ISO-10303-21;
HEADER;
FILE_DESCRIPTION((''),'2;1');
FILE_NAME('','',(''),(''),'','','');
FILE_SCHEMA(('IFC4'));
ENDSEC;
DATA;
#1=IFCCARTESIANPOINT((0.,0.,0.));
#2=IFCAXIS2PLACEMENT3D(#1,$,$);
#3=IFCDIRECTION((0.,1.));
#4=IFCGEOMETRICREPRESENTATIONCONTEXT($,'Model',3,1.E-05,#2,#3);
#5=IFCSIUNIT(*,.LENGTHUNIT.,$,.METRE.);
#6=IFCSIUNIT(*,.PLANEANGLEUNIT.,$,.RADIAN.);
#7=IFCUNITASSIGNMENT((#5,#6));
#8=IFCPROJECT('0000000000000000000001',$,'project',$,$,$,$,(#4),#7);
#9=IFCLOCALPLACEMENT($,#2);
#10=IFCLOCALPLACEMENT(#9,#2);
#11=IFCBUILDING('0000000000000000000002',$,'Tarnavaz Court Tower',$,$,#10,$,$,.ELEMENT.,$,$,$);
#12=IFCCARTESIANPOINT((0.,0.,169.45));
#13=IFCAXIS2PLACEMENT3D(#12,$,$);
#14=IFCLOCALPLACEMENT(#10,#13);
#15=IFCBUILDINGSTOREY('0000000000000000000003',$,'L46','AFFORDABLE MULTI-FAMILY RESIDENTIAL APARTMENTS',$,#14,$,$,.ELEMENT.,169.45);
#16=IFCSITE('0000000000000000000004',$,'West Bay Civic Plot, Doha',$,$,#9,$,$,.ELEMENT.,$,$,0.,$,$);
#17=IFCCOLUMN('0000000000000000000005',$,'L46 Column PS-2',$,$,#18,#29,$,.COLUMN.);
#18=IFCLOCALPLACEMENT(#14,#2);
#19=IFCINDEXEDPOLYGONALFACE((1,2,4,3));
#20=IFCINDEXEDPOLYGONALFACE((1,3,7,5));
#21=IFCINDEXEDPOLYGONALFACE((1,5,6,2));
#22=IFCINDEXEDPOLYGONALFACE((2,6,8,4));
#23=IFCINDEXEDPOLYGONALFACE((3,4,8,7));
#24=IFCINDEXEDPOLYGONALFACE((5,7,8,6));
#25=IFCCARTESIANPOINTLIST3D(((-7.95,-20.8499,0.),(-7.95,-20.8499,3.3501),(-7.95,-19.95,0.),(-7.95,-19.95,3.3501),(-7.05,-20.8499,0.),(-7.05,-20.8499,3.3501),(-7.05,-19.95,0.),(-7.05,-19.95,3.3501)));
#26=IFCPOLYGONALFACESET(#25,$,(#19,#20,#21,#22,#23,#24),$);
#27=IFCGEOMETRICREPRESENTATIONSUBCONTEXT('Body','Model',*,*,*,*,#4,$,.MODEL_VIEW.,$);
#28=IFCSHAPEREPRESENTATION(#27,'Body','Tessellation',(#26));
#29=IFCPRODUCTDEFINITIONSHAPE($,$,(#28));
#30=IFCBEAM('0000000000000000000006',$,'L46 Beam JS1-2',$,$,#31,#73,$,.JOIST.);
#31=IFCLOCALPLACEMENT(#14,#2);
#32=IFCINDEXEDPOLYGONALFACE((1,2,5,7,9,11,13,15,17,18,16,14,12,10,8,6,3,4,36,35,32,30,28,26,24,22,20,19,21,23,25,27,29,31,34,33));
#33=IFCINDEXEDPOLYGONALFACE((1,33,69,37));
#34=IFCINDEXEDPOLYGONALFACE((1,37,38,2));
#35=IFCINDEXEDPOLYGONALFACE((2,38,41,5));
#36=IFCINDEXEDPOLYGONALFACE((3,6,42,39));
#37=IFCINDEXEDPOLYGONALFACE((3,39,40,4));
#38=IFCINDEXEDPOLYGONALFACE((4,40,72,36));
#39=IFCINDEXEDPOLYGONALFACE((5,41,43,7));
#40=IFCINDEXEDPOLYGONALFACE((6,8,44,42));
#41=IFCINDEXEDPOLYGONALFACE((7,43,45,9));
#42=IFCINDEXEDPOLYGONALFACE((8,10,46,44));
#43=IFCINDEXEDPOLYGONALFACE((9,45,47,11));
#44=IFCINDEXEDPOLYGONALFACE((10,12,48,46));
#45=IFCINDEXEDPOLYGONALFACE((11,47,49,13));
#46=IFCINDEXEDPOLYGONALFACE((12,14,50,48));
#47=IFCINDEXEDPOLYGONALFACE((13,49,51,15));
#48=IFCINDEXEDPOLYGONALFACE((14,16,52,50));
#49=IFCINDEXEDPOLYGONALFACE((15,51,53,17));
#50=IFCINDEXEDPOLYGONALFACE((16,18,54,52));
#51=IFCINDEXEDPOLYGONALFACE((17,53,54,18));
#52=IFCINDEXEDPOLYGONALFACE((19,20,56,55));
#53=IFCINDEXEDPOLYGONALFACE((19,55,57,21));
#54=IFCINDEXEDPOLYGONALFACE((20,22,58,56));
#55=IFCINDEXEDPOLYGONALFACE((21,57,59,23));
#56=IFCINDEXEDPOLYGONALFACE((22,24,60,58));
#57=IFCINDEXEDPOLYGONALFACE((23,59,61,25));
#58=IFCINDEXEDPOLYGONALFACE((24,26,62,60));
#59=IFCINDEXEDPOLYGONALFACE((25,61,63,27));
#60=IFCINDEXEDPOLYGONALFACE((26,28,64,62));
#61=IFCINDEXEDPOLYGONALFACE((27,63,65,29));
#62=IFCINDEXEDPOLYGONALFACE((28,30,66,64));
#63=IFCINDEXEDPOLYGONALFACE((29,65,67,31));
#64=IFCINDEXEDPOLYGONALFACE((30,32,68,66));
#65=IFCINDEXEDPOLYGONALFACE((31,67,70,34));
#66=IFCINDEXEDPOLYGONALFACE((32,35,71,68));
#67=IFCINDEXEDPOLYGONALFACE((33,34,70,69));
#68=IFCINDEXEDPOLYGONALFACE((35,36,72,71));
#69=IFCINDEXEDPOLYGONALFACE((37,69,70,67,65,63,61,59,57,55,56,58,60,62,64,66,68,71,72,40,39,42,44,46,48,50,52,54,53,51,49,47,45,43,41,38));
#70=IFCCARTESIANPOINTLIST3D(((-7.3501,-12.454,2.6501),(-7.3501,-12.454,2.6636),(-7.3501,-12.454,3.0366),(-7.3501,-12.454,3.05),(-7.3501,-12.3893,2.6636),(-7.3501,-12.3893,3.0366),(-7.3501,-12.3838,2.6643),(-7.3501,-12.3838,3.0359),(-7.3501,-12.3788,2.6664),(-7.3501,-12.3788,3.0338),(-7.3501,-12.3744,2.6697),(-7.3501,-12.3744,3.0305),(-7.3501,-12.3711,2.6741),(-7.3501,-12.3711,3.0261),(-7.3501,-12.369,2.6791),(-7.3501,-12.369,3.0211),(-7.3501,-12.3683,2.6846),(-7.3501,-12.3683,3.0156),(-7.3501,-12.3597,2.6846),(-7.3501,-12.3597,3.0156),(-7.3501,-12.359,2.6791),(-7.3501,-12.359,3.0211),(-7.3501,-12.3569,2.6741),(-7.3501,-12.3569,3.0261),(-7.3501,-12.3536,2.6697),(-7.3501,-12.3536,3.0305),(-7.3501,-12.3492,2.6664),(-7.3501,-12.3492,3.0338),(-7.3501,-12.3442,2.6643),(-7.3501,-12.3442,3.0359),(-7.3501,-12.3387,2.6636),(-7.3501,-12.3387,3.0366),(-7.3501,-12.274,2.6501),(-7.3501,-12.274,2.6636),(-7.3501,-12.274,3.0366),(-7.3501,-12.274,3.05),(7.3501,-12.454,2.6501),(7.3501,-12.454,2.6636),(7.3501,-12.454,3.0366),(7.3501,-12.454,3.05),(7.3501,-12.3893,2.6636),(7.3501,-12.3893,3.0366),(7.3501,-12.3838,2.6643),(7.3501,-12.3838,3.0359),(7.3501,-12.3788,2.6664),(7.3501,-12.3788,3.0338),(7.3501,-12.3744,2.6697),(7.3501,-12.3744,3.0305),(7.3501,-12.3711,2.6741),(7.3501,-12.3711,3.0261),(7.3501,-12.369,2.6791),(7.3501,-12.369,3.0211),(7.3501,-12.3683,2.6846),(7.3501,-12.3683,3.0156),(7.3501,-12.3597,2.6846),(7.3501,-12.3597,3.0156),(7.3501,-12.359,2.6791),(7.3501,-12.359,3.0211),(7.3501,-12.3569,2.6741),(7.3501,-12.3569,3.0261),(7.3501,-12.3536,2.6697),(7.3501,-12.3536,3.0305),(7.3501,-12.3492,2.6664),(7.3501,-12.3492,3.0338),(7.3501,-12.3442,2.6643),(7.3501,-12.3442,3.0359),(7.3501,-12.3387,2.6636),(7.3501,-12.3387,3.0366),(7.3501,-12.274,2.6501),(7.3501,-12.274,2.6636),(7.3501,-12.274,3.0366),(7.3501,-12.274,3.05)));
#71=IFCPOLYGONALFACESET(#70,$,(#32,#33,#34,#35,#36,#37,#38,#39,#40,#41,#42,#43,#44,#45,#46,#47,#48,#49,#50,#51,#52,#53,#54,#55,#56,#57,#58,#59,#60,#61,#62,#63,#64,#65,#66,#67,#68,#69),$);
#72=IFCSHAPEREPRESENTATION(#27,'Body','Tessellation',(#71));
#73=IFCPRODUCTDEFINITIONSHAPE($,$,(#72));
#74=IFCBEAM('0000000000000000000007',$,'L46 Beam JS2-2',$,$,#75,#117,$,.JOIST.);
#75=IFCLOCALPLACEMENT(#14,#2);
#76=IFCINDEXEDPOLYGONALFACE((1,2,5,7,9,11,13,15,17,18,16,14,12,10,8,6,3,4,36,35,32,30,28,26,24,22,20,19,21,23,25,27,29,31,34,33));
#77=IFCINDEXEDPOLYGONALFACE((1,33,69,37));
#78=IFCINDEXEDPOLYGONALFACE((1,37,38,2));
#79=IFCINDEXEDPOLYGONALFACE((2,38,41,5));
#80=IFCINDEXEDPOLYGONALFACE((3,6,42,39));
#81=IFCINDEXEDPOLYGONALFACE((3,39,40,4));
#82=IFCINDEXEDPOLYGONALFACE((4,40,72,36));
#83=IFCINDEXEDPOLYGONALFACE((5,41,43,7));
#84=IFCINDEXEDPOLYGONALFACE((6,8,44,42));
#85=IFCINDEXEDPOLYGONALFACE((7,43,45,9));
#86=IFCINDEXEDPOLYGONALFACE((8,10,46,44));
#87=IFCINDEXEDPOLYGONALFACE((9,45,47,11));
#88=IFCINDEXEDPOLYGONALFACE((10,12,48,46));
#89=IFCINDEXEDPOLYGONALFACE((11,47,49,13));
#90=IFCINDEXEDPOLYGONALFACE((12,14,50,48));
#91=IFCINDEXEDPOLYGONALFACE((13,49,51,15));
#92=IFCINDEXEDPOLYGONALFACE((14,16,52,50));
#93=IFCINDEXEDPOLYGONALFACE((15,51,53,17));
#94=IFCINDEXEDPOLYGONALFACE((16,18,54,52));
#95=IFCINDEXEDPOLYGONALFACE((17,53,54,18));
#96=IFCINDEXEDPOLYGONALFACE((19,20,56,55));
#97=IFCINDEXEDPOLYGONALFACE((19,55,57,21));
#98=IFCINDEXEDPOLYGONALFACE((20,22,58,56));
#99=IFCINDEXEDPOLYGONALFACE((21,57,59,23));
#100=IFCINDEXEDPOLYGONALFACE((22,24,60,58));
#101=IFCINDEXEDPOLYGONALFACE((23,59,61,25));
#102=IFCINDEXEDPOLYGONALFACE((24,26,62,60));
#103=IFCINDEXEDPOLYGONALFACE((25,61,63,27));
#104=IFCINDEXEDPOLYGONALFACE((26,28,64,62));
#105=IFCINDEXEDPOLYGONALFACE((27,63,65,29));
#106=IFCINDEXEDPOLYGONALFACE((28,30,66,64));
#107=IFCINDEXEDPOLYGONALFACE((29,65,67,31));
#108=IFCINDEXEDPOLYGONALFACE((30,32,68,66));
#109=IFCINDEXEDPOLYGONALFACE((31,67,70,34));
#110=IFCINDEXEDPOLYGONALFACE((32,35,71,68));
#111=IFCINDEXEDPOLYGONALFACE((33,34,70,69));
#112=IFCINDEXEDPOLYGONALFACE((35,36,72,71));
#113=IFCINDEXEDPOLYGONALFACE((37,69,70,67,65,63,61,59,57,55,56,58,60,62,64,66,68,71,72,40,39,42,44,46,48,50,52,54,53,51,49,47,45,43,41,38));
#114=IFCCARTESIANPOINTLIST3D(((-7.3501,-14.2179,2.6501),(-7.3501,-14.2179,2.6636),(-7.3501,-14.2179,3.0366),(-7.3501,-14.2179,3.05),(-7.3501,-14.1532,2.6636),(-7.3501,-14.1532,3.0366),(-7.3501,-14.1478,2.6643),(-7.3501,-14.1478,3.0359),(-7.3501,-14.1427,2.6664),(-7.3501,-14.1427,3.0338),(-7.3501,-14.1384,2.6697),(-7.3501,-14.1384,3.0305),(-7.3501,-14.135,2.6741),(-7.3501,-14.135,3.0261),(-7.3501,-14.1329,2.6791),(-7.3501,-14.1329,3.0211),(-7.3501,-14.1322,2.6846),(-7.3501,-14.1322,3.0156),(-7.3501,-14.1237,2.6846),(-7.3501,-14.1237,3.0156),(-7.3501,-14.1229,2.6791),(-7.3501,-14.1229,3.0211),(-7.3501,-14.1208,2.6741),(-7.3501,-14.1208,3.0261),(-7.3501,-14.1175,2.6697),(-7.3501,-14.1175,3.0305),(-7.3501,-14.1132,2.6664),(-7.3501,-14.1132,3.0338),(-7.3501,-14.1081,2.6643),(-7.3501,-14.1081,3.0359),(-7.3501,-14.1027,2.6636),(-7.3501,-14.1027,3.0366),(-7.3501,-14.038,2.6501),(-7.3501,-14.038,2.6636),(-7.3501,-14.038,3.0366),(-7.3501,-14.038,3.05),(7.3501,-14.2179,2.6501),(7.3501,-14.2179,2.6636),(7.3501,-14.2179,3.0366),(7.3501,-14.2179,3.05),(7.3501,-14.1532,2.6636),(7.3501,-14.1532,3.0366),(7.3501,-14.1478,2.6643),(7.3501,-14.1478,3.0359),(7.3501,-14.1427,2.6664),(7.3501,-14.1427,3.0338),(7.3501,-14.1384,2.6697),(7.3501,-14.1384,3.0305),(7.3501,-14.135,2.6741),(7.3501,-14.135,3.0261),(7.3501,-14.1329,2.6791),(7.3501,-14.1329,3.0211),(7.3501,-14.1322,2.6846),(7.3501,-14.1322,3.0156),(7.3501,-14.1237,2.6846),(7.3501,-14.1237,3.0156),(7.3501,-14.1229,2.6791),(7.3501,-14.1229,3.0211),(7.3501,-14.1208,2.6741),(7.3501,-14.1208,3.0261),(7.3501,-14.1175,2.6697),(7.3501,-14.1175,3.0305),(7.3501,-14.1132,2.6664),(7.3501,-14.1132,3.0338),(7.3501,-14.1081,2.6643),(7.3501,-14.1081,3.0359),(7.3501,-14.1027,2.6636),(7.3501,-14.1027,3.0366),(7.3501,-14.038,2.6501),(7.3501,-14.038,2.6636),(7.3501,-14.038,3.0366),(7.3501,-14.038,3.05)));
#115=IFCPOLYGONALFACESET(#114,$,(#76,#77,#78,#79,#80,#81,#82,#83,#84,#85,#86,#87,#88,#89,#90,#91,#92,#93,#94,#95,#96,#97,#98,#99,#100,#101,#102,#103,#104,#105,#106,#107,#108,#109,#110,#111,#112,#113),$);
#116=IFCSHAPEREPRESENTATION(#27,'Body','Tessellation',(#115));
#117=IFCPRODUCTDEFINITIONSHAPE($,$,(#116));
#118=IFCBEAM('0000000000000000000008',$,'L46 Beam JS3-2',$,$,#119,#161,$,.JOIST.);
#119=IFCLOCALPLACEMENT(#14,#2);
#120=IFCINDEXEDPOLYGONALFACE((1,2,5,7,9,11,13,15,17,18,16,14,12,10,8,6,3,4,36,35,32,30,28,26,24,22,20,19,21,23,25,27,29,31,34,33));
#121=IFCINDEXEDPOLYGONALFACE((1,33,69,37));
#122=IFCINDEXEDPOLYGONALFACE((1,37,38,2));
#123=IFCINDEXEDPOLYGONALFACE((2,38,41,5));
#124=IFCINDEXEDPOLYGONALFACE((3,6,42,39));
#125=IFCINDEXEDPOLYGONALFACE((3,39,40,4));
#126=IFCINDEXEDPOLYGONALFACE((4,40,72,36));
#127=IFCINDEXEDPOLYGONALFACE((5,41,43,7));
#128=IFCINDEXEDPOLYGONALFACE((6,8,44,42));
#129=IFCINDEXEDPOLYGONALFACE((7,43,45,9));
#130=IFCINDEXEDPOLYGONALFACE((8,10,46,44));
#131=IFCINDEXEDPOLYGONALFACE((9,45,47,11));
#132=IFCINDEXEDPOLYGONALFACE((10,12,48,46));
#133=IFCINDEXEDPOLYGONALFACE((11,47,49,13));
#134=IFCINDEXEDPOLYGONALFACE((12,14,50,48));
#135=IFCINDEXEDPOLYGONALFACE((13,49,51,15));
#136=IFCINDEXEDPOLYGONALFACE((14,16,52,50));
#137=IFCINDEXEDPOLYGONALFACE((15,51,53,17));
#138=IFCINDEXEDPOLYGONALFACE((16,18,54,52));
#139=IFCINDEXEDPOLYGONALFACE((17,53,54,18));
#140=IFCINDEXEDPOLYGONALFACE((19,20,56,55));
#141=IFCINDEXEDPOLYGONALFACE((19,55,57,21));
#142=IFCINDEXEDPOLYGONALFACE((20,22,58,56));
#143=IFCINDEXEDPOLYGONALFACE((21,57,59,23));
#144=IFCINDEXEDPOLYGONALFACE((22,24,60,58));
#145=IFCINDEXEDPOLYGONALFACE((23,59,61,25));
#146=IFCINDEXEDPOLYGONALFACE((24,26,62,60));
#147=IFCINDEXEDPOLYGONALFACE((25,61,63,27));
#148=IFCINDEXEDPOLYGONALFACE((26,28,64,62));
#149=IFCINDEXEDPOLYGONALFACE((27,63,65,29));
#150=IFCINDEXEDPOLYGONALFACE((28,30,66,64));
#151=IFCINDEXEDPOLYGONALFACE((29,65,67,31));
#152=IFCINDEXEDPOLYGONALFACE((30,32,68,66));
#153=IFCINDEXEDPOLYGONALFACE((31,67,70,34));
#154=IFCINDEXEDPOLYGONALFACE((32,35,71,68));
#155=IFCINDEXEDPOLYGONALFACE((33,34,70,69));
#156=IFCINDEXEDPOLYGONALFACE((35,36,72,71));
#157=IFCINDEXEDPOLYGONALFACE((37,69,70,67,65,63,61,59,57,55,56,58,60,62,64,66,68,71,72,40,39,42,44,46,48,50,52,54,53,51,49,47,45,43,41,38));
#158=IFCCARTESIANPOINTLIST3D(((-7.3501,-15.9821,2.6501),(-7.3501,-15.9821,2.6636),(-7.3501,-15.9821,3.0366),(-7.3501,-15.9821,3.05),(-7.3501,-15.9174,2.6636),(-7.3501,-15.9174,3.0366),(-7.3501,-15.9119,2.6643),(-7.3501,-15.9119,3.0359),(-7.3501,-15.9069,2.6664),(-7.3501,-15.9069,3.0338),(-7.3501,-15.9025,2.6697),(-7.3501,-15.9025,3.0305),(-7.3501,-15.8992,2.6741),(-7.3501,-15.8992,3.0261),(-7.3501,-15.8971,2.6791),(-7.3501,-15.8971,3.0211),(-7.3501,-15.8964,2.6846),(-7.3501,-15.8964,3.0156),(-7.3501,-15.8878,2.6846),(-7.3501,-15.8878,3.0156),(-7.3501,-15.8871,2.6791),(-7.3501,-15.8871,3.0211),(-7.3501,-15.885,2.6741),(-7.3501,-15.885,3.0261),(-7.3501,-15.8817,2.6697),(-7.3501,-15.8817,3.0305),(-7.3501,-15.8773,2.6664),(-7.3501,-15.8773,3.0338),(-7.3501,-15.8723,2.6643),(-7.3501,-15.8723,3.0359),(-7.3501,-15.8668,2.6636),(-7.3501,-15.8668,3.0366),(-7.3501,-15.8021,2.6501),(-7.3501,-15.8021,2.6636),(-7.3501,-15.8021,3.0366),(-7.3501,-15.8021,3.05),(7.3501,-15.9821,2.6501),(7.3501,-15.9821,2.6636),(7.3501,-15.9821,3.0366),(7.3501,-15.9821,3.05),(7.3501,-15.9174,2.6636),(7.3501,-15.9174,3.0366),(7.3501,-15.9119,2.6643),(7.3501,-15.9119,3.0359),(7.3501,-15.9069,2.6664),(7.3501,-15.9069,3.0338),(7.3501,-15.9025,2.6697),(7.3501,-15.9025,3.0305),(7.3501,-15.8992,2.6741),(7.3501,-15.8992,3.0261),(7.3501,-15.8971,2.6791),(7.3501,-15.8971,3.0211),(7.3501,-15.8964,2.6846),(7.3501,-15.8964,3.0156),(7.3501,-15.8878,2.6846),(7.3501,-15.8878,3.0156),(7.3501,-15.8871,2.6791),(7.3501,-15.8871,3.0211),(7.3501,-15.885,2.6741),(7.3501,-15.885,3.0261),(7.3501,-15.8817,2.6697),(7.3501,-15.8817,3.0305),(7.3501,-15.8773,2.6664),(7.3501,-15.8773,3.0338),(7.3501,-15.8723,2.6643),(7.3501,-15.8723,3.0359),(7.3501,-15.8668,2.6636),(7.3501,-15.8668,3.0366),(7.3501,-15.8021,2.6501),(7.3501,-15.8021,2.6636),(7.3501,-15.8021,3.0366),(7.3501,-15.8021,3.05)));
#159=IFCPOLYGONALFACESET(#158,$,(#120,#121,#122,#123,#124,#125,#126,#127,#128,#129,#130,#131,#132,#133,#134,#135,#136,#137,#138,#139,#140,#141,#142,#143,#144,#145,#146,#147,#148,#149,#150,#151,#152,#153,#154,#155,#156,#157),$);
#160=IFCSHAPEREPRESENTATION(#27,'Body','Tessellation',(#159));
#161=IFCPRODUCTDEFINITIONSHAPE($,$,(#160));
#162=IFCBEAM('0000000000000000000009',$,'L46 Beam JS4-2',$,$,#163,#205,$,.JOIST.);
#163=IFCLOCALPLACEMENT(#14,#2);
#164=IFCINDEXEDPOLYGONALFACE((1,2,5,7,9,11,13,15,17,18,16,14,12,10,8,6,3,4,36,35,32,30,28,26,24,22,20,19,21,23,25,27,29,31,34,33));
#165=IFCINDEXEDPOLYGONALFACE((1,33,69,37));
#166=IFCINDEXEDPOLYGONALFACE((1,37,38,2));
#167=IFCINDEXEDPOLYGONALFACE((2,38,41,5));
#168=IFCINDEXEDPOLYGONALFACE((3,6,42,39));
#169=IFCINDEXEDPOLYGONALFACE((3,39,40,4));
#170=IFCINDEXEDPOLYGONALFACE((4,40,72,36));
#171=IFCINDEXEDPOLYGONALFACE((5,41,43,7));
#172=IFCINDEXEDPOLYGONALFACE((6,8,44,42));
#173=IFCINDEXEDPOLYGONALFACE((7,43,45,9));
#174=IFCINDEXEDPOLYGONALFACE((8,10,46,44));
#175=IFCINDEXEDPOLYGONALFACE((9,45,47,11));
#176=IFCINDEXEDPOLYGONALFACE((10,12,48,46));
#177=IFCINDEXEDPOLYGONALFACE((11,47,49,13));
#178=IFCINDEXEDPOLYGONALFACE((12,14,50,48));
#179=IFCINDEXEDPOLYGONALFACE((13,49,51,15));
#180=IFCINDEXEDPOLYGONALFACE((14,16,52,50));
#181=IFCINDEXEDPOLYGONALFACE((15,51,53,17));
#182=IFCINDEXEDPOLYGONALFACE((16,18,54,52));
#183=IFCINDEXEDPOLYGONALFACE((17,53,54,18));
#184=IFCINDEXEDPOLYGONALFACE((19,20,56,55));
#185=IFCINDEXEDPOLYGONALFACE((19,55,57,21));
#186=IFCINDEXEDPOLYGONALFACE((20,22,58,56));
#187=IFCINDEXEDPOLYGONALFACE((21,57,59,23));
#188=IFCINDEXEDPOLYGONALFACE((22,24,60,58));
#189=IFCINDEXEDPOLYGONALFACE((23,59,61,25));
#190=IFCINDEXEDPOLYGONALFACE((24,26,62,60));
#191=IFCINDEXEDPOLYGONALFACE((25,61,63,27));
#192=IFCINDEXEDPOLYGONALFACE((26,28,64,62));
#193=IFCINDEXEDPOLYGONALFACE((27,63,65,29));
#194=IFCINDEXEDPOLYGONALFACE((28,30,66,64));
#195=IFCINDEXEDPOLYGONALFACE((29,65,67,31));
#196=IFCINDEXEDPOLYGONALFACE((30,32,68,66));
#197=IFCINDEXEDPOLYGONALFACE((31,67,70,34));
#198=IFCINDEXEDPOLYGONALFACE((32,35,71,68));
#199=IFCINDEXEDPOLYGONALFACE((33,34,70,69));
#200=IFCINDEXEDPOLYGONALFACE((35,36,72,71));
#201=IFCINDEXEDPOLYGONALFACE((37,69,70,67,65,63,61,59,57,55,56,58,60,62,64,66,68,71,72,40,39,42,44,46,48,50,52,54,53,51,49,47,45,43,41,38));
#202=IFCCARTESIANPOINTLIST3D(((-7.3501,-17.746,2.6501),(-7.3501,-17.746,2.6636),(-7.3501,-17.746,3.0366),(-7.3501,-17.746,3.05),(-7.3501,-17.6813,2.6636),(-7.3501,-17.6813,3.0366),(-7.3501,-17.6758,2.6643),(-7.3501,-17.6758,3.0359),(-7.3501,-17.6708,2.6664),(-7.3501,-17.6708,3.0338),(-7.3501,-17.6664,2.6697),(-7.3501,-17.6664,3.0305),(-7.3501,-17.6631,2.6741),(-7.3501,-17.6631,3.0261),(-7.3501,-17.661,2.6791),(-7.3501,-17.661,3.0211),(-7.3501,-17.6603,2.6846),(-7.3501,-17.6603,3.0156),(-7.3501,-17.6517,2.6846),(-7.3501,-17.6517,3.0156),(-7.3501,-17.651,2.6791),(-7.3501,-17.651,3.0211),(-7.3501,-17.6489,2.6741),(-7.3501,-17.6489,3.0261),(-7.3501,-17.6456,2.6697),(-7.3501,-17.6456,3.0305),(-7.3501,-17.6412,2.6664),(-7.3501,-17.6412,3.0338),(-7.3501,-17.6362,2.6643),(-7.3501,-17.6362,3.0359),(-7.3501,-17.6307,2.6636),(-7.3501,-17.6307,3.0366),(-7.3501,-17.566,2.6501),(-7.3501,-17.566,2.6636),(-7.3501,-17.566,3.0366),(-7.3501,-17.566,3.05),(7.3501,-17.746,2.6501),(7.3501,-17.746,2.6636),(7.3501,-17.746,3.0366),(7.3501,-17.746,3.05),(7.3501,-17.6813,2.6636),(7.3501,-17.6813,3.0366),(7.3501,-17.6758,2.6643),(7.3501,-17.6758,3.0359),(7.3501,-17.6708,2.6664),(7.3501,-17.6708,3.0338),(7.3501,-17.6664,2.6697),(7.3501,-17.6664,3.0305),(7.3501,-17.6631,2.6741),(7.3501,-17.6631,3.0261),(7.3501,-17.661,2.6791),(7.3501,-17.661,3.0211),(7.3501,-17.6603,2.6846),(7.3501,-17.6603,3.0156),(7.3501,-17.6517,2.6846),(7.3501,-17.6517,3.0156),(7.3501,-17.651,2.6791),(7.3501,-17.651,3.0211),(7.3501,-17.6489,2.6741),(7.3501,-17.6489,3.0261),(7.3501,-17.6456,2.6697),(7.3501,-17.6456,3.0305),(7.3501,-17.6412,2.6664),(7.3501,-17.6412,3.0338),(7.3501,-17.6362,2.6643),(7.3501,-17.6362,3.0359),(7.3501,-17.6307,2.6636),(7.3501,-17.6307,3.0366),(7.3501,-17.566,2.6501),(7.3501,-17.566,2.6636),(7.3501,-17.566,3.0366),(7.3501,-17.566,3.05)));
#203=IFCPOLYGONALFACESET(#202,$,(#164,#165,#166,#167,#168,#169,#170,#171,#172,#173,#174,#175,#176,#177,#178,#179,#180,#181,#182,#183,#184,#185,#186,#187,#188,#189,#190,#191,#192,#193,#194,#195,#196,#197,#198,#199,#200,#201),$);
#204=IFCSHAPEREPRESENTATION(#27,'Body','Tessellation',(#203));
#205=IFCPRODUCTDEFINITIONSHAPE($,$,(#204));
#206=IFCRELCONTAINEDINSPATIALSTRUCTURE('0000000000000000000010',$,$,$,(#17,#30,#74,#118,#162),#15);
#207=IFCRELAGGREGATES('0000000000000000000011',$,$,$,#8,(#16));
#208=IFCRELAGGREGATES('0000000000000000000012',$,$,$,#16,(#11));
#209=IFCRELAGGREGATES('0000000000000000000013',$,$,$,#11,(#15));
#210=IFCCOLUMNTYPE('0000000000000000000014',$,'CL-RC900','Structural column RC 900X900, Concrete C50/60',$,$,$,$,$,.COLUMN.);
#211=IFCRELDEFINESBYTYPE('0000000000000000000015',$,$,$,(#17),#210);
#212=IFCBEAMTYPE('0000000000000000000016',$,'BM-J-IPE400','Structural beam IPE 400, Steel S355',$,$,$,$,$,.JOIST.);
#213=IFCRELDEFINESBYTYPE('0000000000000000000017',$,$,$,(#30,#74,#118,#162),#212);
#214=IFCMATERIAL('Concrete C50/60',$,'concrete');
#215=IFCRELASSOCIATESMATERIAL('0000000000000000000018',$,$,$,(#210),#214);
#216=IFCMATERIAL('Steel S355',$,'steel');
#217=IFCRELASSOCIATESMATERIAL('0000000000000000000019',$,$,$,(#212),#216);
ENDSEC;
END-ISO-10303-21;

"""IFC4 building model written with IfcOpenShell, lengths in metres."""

from ifc_helpers import new_model, si_unit, direction, frame, origin, origin_2d, place, context, subcontext, project, spatial, rectangle, i_section, extrude, material, material_profile, profile_set, type_object, element, save


model = new_model("IFC4")

# Units and contexts
model_context = context("Model", 3, precision=1e-05, world=origin(), true_north=direction((0.0, 1.0)))
body_context = subcontext(model_context, "Body", "Model", "MODEL_VIEW")
ifc_project = project(units=[si_unit("LENGTHUNIT", "METRE"), si_unit("PLANEANGLEUNIT", "RADIAN")], contexts=[model_context])

# Site, building, storey
site_placement = place(None, origin())
site = spatial("IfcSite", under=ifc_project, at=site_placement, Name="West Bay Civic Plot, Doha", CompositionType="ELEMENT", RefElevation=0.0)
building_placement = place(site_placement, origin())
building = spatial("IfcBuilding", under=site, at=building_placement, Name="Tarnavaz Court Tower", CompositionType="ELEMENT")
storey_placement = place(building_placement, frame((0.0, 0.0, 169.45)))
storey = spatial("IfcBuildingStorey", under=building, at=storey_placement, Name="L46", Description="AFFORDABLE MULTI-FAMILY RESIDENTIAL APARTMENTS", CompositionType="ELEMENT", Elevation=169.45)

# Column
ifc_material_1 = material(Name="Concrete C50/60", Category="concrete")
ifc_material_profile_1 = material_profile(ifc_material_1, rectangle(XDim=0.8999, YDim=0.8999, at=origin_2d()), Name="RC 900X900")
ifc_profile_set_1 = profile_set([ifc_material_profile_1], Name="Concrete C50/60")
column_type = type_object("IfcColumnType", Name="CL-RC900", Description="Structural column RC 900X900, Concrete C50/60", PredefinedType="COLUMN", material=ifc_profile_set_1)
column_placement = place(storey_placement, frame((-7.5, -20.3999, 0.0), z_axis=(0.0, 0.0, 1.0), x_axis=(1.0, 0.0, 0.0)))
element("IfcColumn", 1, at=column_placement, inside=storey, type_object=column_type, Name="L46 Column PS-2", PredefinedType="COLUMN", context=body_context, shape_type="SweptSolid", body=[
    extrude(rectangle(XDim=0.8999, YDim=0.8999, at=origin_2d()), origin(), (0.0, 0.0, 1.0), 3.3501),
])

# Beams
ifc_material_2 = material(Name="Steel S355", Category="steel")
ifc_material_profile_2 = material_profile(ifc_material_2, i_section(OverallWidth=0.1799, OverallDepth=0.3999, WebThickness=0.0085, FlangeThickness=0.0134, FilletRadius=0.021, at=origin_2d()), Name="IPE 400")
ifc_profile_set_2 = profile_set([ifc_material_profile_2], Name="Steel S355")
beam_type_1 = type_object("IfcBeamType", Name="BM-J-IPE400", Description="Structural beam IPE 400, Steel S355", PredefinedType="JOIST", material=ifc_profile_set_2)
for number, where, z_axis, x_axis, name in (
    (2, (-7.3501, -12.364, 2.8501), (1.0, 0.0, 0.0), (0.0, 1.0, 0.0), "L46 Beam JS1-2"),
    (3, (-7.3501, -14.1279, 2.8501), (1.0, 0.0, 0.0), (0.0, 1.0, 0.0), "L46 Beam JS2-2"),
    (4, (-7.3501, -15.8921, 2.8501), (1.0, 0.0, 0.0), (0.0, 1.0, 0.0), "L46 Beam JS3-2"),
    (5, (-7.3501, -17.656, 2.8501), (1.0, 0.0, 0.0), (0.0, 1.0, 0.0), "L46 Beam JS4-2"),
):
    element("IfcBeam", number, at=place(storey_placement, frame(where, z_axis=z_axis, x_axis=x_axis)), inside=storey, type_object=beam_type_1, Name=name, PredefinedType="JOIST", context=body_context, shape_type="SweptSolid", body=[
        extrude(i_section(OverallWidth=0.1799, OverallDepth=0.3999, WebThickness=0.0085, FlangeThickness=0.0134, FilletRadius=0.021, at=origin_2d()), origin(), (0.0, 0.0, 1.0), 14.7002),
    ])

save(model, "model.ifc")
